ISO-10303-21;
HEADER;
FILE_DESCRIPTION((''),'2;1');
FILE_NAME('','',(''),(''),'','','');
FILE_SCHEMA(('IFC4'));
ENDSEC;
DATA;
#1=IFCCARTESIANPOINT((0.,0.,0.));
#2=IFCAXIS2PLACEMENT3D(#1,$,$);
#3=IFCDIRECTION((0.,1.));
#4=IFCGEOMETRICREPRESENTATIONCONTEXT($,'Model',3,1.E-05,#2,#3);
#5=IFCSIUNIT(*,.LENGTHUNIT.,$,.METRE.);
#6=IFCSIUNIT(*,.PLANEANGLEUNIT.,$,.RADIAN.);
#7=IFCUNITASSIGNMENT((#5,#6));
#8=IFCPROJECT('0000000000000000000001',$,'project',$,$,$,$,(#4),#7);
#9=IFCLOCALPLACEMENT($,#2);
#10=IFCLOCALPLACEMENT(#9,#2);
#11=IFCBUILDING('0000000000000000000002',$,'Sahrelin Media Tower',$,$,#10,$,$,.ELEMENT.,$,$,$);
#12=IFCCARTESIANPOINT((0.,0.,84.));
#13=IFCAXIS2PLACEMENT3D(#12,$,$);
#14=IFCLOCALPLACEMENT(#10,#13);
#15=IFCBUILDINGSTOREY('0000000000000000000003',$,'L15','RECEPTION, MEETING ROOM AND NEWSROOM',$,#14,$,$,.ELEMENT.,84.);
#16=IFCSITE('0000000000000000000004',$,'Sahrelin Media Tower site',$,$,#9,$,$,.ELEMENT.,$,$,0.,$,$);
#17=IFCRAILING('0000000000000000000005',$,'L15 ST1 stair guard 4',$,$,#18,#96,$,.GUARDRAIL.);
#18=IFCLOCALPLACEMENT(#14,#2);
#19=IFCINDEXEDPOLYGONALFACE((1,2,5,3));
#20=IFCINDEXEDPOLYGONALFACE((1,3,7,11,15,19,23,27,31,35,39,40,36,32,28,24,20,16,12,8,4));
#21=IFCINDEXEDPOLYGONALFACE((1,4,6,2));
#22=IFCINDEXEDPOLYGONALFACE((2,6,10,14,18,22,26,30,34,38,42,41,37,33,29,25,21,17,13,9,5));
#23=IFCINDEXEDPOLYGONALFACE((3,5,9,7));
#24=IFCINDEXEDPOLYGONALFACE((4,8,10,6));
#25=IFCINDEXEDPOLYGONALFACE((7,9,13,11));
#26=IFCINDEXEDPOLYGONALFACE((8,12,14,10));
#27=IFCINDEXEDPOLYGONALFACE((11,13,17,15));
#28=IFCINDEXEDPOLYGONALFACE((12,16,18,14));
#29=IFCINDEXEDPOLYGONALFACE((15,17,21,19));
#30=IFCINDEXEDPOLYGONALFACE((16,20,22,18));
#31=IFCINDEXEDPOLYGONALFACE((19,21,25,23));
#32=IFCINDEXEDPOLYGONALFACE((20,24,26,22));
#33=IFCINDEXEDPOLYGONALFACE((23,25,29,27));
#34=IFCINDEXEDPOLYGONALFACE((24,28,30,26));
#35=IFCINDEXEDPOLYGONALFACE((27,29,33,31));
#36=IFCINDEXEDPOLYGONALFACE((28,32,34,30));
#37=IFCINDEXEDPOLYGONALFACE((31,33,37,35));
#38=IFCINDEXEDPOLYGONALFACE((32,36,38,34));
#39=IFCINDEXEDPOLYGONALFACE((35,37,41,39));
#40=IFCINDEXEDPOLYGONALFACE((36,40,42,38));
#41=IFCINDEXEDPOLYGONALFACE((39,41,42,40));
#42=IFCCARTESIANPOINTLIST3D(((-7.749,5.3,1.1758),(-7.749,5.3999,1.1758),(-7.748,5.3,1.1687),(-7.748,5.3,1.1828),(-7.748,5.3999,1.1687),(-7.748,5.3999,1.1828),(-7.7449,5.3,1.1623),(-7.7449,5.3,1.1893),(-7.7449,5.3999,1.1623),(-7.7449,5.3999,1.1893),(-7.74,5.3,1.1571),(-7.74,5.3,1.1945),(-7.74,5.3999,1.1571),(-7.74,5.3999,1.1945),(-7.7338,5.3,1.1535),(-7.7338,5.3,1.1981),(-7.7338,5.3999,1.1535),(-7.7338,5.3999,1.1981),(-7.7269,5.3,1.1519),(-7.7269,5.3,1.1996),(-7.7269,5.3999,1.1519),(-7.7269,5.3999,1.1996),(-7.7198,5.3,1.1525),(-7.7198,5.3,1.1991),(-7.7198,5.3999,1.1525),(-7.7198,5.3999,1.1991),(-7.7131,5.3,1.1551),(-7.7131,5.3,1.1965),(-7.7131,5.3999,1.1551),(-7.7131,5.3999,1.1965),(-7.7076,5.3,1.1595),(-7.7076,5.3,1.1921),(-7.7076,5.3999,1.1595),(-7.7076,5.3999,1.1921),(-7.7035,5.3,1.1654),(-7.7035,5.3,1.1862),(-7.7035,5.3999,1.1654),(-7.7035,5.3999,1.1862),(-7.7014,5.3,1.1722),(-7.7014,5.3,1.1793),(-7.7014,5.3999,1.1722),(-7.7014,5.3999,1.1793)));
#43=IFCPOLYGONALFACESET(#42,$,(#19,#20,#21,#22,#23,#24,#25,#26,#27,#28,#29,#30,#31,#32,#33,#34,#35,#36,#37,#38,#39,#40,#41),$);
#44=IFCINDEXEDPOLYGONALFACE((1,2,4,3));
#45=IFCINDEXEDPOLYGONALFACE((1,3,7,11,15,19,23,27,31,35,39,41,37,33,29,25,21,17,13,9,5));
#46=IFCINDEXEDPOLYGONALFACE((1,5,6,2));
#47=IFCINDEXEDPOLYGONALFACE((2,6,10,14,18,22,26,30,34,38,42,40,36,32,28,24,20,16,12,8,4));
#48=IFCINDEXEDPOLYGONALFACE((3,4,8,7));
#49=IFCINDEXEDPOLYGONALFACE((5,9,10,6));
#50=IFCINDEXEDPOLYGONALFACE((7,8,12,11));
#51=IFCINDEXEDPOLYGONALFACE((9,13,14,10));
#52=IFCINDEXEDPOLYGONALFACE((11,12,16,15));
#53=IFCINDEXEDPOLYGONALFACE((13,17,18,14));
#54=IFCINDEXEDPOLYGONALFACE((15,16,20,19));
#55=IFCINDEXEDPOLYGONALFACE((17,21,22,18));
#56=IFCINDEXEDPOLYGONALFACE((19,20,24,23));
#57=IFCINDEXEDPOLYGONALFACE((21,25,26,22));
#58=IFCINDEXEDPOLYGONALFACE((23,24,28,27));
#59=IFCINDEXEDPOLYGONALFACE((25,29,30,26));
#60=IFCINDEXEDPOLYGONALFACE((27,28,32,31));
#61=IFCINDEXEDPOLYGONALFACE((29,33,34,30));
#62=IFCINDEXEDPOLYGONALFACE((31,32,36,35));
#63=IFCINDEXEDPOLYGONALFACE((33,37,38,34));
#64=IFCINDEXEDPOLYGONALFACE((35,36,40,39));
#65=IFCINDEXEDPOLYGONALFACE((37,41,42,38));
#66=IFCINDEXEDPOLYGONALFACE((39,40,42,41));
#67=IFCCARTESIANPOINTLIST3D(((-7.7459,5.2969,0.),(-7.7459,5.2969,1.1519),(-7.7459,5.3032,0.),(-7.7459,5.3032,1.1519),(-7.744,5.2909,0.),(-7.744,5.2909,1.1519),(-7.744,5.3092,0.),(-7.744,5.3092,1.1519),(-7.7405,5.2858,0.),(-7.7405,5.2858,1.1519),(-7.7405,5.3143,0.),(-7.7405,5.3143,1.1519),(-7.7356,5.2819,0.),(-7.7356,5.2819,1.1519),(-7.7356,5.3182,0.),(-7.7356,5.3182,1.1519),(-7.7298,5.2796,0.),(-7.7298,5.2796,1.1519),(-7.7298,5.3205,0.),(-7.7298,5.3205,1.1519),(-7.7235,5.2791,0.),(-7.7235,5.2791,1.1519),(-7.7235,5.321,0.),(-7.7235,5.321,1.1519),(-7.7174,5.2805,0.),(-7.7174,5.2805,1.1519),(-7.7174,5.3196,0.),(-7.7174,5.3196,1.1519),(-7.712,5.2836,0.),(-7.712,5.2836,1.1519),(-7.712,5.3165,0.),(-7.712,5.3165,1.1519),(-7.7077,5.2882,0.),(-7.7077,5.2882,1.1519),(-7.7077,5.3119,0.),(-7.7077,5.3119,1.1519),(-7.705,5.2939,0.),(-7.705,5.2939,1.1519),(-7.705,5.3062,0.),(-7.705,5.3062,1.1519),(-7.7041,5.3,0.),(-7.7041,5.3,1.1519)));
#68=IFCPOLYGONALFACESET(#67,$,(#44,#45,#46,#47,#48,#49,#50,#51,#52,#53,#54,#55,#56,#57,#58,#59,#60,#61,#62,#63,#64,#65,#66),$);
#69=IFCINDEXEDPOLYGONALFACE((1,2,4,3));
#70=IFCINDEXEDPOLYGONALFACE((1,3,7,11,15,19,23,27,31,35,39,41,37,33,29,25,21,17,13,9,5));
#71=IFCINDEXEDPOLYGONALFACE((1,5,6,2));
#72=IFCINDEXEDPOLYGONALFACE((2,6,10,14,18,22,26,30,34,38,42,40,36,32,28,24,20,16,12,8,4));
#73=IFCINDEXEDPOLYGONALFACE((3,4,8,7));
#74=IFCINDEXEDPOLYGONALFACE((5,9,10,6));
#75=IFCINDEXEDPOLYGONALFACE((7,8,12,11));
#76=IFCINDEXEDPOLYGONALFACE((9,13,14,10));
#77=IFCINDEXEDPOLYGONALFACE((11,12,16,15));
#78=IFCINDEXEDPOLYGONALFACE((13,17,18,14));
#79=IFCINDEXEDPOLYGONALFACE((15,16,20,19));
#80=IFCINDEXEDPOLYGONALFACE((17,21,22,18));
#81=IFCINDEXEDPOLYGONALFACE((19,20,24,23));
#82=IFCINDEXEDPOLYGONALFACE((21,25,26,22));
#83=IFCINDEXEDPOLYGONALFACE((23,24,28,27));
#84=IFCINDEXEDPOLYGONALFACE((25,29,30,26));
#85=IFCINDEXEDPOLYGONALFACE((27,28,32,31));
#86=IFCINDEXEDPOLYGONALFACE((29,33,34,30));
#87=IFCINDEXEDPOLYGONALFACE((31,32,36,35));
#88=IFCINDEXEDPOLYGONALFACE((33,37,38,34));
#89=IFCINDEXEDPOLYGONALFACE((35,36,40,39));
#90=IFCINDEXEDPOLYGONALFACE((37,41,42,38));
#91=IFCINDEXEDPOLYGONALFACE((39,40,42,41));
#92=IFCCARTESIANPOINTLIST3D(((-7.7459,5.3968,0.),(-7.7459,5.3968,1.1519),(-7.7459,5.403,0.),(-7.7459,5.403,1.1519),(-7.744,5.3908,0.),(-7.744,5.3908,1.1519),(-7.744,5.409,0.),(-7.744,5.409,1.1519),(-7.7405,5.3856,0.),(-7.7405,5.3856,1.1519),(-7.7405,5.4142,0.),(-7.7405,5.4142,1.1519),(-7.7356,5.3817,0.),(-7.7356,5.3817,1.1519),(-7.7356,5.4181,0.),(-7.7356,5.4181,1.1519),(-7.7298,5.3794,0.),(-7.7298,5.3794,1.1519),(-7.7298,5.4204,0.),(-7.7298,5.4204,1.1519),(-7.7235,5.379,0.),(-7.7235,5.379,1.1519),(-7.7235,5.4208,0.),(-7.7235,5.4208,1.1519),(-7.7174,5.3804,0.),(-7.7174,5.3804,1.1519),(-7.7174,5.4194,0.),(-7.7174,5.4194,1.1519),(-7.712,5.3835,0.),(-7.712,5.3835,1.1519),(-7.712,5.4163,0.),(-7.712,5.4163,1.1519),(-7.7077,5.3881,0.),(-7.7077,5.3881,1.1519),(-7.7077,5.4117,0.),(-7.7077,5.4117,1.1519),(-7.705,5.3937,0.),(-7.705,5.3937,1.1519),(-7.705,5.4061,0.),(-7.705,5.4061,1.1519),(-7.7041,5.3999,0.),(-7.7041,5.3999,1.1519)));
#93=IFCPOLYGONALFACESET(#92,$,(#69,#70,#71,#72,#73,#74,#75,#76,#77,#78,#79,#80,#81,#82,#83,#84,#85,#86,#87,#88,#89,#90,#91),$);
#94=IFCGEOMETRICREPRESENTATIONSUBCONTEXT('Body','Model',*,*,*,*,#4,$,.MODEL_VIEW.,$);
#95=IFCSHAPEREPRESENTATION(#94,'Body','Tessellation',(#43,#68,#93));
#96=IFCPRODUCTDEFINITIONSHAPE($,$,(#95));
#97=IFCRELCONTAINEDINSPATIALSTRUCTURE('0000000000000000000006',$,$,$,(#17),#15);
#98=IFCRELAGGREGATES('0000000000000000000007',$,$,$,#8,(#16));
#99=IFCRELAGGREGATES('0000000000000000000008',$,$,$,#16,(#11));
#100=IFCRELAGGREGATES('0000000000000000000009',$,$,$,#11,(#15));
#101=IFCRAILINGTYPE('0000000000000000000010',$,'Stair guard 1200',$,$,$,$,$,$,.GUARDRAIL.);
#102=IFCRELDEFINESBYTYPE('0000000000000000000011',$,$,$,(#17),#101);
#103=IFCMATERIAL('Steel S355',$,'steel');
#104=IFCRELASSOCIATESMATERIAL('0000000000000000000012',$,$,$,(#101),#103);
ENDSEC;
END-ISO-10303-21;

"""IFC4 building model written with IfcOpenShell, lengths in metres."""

from ifc_helpers import new_model, si_unit, direction, frame, origin, origin_2d, place, context, subcontext, project, spatial, circle, extrude, material, type_object, element, save


model = new_model("IFC4")

# Units and contexts
model_context = context("Model", 3, precision=1e-05, world=origin(), true_north=direction((0.0, 1.0)))
body_context = subcontext(model_context, "Body", "Model", "MODEL_VIEW")
ifc_project = project(units=[si_unit("LENGTHUNIT", "METRE"), si_unit("PLANEANGLEUNIT", "RADIAN")], contexts=[model_context])

# Site, building, storey
site_placement = place(None, origin())
site = spatial("IfcSite", under=ifc_project, at=site_placement, Name="Sahrelin Media Tower site", CompositionType="ELEMENT", RefElevation=0.0)
building_placement = place(site_placement, origin())
building = spatial("IfcBuilding", under=site, at=building_placement, Name="Sahrelin Media Tower", CompositionType="ELEMENT")
storey_placement = place(building_placement, frame((0.0, 0.0, 84.0)))
storey = spatial("IfcBuildingStorey", under=building, at=storey_placement, Name="L15", Description="RECEPTION, MEETING ROOM AND NEWSROOM", CompositionType="ELEMENT", Elevation=84.0)

# Shared definitions
ifc_material_1 = material(Name="Steel S355", Category="steel")

# Railing
railing_type_1 = type_object("IfcRailingType", Name="Stair guard 1200", PredefinedType="GUARDRAIL", material=ifc_material_1)
railing_1_placement = place(storey_placement, frame((-7.7251, 5.3, 0.0)))
element("IfcRailing", 1, at=railing_1_placement, inside=storey, type_object=railing_type_1, Name="L15 ST1 stair guard 4", PredefinedType="GUARDRAIL", context=body_context, shape_type="SweptSolid", body=[
    extrude(circle(Radius=0.0239, at=origin_2d()), frame((0.0, 0.0, 1.1758), z_axis=(0.0, 1.0, 0.0), x_axis=(-1.0, 0.0, 0.0)), (0.0, 0.0, 1.0), 0.0999),
    extrude(circle(Radius=0.021, at=origin_2d()), origin(), (0.0, 0.0, 1.0), 1.1519),
    extrude(circle(Radius=0.021, at=origin_2d()), frame((0.0, 0.0999, 0.0)), (0.0, 0.0, 1.0), 1.1519),
])

save(model, "model.ifc")
